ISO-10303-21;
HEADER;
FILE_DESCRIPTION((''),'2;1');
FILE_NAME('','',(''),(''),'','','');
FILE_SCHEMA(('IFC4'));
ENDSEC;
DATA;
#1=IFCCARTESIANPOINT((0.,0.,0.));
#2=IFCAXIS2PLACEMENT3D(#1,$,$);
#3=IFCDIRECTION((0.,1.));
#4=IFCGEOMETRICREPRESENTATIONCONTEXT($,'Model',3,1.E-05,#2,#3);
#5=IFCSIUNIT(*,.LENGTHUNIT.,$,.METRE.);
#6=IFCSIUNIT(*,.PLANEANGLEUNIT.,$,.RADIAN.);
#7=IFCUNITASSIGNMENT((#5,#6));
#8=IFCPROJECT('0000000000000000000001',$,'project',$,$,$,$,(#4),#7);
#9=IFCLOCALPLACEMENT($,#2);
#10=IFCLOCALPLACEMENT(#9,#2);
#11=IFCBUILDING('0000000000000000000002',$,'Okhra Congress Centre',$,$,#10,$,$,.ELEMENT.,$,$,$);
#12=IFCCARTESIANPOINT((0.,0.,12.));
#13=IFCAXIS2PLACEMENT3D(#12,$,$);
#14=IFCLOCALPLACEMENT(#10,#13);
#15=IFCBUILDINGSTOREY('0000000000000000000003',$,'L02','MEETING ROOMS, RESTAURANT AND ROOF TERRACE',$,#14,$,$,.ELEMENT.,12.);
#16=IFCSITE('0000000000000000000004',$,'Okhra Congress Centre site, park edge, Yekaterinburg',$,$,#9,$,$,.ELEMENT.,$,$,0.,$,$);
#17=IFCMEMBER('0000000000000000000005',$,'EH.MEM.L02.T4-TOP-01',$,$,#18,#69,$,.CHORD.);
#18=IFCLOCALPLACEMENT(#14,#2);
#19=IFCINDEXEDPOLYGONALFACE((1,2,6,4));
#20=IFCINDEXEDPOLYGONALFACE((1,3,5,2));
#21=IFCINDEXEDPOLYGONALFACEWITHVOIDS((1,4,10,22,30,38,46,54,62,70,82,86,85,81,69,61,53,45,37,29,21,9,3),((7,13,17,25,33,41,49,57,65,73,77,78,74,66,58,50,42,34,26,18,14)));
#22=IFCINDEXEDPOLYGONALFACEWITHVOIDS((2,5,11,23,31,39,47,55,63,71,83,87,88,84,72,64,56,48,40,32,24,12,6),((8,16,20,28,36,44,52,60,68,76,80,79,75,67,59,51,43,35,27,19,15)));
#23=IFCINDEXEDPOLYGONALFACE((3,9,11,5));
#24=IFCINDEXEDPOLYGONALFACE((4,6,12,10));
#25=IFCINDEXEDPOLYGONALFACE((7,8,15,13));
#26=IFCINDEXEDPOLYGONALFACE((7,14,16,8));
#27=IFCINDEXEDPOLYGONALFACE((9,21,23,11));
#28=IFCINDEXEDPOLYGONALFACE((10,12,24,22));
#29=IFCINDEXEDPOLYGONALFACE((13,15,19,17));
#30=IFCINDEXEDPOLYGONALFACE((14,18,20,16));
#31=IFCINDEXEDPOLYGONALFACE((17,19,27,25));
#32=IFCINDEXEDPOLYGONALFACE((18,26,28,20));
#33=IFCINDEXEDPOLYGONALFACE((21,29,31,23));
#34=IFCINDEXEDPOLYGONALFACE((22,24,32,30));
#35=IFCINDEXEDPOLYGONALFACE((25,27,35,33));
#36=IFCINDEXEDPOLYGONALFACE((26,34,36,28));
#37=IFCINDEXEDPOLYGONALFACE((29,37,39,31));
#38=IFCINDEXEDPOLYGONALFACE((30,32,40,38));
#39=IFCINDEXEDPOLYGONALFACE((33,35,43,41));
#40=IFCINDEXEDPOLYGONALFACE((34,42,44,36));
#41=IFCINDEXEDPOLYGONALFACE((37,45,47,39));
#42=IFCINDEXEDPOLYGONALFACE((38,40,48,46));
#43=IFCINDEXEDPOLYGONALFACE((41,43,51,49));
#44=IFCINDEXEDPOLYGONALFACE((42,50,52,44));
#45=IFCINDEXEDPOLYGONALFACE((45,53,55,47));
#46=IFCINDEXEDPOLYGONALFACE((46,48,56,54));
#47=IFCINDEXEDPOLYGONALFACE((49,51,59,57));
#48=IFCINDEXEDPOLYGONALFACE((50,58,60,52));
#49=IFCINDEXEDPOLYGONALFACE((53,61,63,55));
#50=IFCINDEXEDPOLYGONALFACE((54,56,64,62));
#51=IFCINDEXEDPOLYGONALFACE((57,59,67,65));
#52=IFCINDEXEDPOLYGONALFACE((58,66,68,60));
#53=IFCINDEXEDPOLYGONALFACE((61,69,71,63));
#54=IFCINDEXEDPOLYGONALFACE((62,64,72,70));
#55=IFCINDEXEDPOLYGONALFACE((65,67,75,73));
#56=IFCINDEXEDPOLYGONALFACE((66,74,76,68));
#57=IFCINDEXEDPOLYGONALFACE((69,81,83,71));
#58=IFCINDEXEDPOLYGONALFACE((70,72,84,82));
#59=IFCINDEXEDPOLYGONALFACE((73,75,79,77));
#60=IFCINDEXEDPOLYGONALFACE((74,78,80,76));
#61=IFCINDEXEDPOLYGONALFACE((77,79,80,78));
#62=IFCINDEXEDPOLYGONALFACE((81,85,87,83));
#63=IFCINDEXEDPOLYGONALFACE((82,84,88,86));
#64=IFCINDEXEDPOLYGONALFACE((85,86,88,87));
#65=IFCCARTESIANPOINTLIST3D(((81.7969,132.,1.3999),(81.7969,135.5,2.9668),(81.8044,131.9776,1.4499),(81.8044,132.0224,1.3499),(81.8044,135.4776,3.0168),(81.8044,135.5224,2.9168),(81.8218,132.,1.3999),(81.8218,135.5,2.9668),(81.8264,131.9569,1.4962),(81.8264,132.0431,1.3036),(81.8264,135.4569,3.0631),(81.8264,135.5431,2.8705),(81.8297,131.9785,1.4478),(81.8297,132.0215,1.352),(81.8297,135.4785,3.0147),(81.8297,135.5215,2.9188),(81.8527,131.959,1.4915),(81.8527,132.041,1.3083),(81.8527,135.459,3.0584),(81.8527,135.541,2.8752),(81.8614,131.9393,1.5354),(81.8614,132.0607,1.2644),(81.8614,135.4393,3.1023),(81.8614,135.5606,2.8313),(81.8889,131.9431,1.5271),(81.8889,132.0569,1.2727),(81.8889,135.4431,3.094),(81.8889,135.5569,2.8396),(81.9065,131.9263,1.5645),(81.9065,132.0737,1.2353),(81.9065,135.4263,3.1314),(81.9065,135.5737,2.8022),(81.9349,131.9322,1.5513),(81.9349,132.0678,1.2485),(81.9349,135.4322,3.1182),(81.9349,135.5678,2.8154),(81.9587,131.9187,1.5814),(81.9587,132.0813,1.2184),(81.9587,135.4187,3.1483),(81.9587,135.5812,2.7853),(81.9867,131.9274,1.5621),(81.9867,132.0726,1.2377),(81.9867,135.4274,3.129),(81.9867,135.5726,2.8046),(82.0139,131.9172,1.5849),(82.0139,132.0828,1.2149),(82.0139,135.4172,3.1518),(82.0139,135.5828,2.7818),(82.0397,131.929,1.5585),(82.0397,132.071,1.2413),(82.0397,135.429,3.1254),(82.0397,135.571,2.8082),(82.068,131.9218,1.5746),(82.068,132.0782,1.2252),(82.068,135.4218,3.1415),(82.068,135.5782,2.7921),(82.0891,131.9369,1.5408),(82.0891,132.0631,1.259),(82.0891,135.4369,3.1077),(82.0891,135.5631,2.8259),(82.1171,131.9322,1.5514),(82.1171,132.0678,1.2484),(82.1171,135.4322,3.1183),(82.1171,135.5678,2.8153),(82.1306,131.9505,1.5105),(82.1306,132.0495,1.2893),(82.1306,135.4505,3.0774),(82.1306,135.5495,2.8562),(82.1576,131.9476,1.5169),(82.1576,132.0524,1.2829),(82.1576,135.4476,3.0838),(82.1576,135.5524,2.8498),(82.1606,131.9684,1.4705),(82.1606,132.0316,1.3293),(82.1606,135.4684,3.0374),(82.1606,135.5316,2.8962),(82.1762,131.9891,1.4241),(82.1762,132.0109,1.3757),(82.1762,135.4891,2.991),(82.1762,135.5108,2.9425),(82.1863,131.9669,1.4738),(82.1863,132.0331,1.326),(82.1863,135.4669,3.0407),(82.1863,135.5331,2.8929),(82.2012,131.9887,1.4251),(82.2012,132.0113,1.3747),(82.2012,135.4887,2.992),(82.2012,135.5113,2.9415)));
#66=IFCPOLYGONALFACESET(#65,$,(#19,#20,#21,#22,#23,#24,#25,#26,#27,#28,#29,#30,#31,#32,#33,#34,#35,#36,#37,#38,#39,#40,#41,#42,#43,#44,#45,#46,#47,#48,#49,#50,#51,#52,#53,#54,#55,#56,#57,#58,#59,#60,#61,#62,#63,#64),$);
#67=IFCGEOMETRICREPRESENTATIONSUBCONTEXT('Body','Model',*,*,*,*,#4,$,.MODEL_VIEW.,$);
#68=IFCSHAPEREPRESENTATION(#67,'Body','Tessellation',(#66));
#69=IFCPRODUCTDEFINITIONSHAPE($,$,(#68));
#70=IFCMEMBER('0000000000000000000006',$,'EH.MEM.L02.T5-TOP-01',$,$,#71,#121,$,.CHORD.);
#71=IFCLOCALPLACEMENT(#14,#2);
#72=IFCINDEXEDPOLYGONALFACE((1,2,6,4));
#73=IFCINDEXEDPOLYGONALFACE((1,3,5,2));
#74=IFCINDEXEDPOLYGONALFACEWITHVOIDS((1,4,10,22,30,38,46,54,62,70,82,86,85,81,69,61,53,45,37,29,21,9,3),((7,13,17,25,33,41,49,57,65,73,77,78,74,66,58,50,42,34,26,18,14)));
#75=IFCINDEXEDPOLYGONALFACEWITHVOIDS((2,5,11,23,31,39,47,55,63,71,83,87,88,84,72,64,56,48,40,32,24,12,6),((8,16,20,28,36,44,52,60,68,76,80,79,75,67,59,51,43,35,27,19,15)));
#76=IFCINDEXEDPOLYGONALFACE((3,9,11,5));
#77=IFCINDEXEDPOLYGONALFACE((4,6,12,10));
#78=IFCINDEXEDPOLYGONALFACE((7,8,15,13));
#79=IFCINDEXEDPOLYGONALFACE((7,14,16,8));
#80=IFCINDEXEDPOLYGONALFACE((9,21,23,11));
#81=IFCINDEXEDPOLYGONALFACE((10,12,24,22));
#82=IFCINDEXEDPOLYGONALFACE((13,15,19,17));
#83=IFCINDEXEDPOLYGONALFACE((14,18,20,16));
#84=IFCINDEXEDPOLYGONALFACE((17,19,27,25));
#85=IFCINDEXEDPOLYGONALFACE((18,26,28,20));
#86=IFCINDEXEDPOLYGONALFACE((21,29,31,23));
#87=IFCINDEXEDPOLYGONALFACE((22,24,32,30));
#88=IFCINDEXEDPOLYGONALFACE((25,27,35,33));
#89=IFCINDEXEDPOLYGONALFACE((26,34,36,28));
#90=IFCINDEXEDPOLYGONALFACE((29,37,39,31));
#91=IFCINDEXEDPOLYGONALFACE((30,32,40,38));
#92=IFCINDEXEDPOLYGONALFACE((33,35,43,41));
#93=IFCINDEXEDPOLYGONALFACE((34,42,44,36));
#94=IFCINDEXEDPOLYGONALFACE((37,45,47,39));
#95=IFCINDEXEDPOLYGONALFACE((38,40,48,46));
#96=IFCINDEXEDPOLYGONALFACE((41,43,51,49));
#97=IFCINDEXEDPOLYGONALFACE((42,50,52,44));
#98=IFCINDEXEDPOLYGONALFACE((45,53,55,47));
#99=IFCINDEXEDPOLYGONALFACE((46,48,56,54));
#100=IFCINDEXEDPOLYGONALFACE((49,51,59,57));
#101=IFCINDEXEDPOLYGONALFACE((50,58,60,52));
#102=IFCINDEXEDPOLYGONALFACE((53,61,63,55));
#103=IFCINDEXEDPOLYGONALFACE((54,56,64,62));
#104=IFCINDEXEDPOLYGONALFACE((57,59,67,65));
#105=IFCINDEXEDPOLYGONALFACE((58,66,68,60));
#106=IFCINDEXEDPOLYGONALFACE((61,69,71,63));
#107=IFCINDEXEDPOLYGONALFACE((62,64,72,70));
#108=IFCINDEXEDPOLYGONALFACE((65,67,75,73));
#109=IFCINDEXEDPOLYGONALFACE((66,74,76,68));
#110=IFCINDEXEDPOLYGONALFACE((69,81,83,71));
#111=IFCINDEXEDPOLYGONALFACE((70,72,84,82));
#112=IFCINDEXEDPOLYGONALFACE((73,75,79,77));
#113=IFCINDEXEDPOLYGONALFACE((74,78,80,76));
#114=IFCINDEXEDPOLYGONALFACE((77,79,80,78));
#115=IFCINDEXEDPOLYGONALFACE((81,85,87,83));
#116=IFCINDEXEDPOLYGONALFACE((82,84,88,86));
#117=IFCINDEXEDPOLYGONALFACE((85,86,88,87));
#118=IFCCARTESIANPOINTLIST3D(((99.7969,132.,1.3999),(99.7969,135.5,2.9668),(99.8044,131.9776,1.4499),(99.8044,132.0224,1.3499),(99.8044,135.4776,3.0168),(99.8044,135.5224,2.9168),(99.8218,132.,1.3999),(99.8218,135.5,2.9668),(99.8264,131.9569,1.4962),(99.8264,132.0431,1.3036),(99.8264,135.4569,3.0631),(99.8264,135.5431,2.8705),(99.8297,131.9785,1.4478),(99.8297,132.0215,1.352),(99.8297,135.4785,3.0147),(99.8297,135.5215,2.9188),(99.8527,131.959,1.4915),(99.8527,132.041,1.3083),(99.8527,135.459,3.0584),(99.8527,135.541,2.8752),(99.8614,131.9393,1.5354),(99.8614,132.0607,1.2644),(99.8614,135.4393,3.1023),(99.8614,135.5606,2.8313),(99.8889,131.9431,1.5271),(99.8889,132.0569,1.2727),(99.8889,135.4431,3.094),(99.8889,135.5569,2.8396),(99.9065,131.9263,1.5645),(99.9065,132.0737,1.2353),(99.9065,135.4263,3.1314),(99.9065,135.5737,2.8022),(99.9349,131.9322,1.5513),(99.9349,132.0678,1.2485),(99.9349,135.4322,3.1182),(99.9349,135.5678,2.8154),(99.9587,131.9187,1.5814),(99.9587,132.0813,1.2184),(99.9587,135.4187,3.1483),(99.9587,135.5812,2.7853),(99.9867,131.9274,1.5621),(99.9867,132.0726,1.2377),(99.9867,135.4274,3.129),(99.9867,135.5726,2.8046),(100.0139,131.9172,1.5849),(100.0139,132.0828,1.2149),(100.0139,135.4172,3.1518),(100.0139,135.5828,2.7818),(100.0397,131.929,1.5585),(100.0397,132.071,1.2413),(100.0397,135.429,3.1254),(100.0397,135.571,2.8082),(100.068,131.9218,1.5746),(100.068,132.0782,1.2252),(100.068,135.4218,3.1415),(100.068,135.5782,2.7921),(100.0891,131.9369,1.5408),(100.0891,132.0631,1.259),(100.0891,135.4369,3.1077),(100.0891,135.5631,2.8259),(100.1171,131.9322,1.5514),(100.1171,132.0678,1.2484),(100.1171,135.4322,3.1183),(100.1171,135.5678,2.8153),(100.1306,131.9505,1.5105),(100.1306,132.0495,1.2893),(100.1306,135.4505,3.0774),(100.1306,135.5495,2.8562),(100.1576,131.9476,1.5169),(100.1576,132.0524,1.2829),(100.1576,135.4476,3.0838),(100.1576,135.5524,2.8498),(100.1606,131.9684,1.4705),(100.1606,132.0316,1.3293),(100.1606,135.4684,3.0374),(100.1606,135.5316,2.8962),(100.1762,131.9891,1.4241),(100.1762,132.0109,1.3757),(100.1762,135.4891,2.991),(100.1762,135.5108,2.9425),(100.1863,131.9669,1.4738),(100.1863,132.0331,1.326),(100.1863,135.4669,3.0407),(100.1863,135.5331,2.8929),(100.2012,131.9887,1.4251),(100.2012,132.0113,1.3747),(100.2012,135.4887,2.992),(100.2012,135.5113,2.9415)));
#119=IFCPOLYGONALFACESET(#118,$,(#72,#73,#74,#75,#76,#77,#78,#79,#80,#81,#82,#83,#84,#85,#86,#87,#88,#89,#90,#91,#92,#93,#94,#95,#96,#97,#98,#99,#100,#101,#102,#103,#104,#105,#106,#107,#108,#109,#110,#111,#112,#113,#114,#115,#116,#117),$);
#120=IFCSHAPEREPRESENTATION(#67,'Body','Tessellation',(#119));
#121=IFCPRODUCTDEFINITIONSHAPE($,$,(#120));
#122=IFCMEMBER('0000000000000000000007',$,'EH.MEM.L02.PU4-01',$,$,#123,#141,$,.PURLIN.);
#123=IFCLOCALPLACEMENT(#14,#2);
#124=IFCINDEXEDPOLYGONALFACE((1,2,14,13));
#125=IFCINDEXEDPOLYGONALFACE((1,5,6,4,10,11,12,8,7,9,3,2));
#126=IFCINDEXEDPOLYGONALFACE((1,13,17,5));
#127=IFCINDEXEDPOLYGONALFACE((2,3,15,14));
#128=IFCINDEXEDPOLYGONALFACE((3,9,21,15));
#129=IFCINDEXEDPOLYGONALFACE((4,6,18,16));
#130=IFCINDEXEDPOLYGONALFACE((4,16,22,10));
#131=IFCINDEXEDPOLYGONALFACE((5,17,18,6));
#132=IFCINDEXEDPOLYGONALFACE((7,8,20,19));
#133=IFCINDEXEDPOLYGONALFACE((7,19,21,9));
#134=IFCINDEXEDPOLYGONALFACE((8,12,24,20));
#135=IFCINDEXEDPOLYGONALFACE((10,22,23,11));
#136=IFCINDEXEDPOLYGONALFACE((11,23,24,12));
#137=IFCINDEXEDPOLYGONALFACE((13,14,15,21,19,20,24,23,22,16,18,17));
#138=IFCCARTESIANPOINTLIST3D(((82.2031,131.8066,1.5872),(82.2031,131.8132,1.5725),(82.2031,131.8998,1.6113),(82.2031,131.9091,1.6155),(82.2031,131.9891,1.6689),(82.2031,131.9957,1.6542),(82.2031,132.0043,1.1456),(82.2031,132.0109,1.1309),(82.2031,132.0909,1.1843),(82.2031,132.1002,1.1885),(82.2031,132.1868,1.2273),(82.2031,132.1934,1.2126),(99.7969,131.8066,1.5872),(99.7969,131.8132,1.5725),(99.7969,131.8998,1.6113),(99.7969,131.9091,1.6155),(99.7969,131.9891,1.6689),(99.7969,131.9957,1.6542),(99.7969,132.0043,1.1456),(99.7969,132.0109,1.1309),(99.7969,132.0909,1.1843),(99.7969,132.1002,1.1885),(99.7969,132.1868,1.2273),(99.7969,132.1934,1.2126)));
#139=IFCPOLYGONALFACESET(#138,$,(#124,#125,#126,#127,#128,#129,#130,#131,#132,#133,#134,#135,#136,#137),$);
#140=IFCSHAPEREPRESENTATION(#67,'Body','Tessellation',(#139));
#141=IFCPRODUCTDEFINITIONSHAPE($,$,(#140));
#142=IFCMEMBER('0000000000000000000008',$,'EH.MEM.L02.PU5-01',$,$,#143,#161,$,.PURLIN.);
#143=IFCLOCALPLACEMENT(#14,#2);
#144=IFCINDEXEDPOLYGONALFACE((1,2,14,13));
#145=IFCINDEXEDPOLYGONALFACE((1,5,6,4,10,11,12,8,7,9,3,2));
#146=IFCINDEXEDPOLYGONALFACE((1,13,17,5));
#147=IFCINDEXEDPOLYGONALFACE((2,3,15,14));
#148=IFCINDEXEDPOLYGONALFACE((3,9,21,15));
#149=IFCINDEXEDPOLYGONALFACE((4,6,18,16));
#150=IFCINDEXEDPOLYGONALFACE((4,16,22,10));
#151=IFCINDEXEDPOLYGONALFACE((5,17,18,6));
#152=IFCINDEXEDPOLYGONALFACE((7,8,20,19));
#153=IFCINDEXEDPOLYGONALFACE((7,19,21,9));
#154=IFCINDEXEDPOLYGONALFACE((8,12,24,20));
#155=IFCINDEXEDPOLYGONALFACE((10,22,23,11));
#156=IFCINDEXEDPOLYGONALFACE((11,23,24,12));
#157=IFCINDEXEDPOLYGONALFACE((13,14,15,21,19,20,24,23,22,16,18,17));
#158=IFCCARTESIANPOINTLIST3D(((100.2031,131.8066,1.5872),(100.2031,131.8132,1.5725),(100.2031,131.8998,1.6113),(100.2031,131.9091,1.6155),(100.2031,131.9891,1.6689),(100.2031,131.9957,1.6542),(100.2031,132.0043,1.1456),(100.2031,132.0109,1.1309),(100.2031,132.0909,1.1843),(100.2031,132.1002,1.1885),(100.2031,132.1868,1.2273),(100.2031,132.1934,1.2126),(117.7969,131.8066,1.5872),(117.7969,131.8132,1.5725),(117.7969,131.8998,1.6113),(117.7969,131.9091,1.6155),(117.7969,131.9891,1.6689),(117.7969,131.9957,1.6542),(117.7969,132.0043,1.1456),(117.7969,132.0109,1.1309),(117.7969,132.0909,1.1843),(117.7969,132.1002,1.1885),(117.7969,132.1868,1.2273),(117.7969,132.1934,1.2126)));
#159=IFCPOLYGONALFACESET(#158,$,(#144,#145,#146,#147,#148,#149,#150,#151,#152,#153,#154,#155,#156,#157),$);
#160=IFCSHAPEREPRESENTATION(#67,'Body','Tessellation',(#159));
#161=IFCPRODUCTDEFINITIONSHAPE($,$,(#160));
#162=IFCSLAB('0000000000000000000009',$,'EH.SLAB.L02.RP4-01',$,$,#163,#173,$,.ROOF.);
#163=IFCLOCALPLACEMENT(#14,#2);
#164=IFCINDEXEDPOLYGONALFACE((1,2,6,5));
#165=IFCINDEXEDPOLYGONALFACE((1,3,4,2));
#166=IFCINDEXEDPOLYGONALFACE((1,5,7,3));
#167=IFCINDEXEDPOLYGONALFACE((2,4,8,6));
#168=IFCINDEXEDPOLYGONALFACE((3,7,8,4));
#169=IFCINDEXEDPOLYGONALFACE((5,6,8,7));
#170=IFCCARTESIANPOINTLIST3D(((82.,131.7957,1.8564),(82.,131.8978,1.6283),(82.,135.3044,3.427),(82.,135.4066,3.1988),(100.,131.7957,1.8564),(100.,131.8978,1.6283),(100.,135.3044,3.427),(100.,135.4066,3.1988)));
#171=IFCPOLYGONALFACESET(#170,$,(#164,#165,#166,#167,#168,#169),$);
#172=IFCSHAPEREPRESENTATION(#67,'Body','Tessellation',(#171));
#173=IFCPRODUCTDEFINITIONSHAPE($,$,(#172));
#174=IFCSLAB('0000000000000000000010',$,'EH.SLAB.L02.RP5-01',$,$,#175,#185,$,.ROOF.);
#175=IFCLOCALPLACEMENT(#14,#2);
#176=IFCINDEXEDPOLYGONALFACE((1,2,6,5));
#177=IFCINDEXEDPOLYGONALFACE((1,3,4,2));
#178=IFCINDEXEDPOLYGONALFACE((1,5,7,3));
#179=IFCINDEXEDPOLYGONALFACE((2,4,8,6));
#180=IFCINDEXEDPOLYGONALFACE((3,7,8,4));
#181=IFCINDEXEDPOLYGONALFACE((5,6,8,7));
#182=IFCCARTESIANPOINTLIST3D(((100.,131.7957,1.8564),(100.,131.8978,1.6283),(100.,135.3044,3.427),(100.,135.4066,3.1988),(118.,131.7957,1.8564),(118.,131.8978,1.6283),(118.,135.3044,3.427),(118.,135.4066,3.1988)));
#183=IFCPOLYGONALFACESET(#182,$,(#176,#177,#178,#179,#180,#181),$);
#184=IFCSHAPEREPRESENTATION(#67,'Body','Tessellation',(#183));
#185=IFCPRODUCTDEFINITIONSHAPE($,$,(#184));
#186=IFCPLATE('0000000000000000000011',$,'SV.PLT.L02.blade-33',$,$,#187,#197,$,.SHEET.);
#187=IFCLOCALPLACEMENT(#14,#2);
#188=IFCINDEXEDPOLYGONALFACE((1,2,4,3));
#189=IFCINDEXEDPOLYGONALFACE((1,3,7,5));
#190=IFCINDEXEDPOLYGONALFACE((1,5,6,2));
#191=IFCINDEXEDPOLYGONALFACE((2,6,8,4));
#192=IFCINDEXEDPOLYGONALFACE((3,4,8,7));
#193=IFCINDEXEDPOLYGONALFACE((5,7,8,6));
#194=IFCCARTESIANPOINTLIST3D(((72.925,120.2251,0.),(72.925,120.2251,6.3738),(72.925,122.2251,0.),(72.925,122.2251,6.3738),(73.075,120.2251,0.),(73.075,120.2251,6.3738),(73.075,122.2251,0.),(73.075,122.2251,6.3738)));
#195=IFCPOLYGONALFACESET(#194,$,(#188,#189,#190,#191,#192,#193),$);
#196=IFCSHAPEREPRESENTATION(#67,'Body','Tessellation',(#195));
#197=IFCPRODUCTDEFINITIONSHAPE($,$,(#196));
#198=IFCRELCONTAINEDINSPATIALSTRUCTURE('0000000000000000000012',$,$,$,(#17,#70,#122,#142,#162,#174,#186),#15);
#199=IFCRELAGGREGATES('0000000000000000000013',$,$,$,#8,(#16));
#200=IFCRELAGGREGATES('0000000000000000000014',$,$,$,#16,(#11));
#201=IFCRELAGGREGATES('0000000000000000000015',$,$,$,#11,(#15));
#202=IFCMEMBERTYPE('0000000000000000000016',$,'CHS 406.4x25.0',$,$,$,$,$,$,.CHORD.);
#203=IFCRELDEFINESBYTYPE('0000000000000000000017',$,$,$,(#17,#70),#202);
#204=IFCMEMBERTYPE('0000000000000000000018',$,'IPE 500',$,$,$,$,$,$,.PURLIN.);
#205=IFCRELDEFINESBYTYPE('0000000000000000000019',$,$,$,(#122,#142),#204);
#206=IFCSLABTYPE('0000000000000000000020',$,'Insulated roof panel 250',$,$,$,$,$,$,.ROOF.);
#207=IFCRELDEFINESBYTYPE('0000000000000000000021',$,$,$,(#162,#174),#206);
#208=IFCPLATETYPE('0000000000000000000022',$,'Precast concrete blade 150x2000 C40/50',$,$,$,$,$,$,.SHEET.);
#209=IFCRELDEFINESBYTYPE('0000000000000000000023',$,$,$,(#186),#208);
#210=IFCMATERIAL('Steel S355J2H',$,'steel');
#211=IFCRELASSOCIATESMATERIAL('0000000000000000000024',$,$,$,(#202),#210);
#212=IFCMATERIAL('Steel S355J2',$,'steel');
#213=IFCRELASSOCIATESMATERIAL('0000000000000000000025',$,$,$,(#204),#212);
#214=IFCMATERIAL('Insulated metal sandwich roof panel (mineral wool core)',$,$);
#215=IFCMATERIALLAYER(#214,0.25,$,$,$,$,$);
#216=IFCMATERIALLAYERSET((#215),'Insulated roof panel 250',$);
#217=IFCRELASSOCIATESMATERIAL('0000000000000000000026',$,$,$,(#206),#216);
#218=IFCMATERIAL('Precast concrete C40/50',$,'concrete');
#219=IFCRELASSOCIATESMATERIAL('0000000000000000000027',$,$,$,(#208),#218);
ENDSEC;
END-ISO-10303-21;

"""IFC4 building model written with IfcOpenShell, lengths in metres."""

from ifc_helpers import new_model, si_unit, direction, frame, origin, origin_2d, place, context, subcontext, project, spatial, polyline, rectangle, hollow_circle, i_section, outline, extrude, material, layer, layer_set, material_profile, profile_set, type_object, element, save


model = new_model("IFC4")

# Units and contexts
model_context = context("Model", 3, precision=1e-05, world=origin(), true_north=direction((0.0, 1.0)))
body_context = subcontext(model_context, "Body", "Model", "MODEL_VIEW")
ifc_project = project(units=[si_unit("LENGTHUNIT", "METRE"), si_unit("PLANEANGLEUNIT", "RADIAN")], contexts=[model_context])

# Site, building, storey
site_placement = place(None, origin())
site = spatial("IfcSite", under=ifc_project, at=site_placement, Name="Okhra Congress Centre site, park edge, Yekaterinburg", CompositionType="ELEMENT", RefElevation=0.0)
building_placement = place(site_placement, origin())
building = spatial("IfcBuilding", under=site, at=building_placement, Name="Okhra Congress Centre", CompositionType="ELEMENT")
storey_placement = place(building_placement, frame((0.0, 0.0, 12.0)))
storey = spatial("IfcBuildingStorey", under=building, at=storey_placement, Name="L02", Description="MEETING ROOMS, RESTAURANT AND ROOF TERRACE", CompositionType="ELEMENT", Elevation=12.0)

# Members
ifc_material_1 = material(Name="Steel S355J2H", Category="steel")
ifc_material_profile_1 = material_profile(ifc_material_1, hollow_circle(Radius=0.2031, WallThickness=0.0249, at=origin_2d()), Name="CHS 406.4x25.0")
ifc_profile_set_1 = profile_set([ifc_material_profile_1], Name="Steel S355J2H")
member_type_1 = type_object("IfcMemberType", Name="CHS 406.4x25.0", PredefinedType="CHORD", material=ifc_profile_set_1)
for number, where, z_axis, x_axis, name in (
    (1, (82.0, 132.0, 1.3999), (0.0, 0.912711, 0.408606), (-1.0, 0.0, 0.0), "EH.MEM.L02.T4-TOP-01"),
    (2, (100.0, 132.0, 1.3999), (0.0, 0.912711, 0.408606), (-1.0, 0.0, 0.0), "EH.MEM.L02.T5-TOP-01"),
):
    element("IfcMember", number, at=place(storey_placement, frame(where, z_axis=z_axis, x_axis=x_axis)), inside=storey, type_object=member_type_1, Name=name, PredefinedType="CHORD", context=body_context, shape_type="SweptSolid", body=[
        extrude(hollow_circle(Radius=0.2031, WallThickness=0.0249, at=origin_2d()), origin(), (0.0, 0.0, 1.0), 3.8347),
    ])
ifc_material_2 = material(Name="Steel S355J2", Category="steel")
ifc_material_profile_2 = material_profile(ifc_material_2, i_section(OverallWidth=0.2, OverallDepth=0.5, WebThickness=0.0103, FlangeThickness=0.0161, at=origin_2d()), Name="IPE 500")
ifc_profile_set_2 = profile_set([ifc_material_profile_2], Name="Steel S355J2")
member_type_2 = type_object("IfcMemberType", Name="IPE 500", PredefinedType="PURLIN", material=ifc_profile_set_2)
for number, where, z_axis, x_axis, name in (
    (3, (82.2031, 132.0, 1.3999), (1.0, 0.0, 0.0), (0.0, 0.912721, 0.408583), "EH.MEM.L02.PU4-01"),
    (4, (100.2031, 132.0, 1.3999), (1.0, 0.0, 0.0), (0.0, 0.912721, 0.408583), "EH.MEM.L02.PU5-01"),
):
    element("IfcMember", number, at=place(storey_placement, frame(where, z_axis=z_axis, x_axis=x_axis)), inside=storey, type_object=member_type_2, Name=name, PredefinedType="PURLIN", context=body_context, shape_type="SweptSolid", body=[
        extrude(i_section(OverallWidth=0.2, OverallDepth=0.5, WebThickness=0.0103, FlangeThickness=0.0161, at=origin_2d()), origin(), (0.0, 0.0, 1.0), 17.5938),
    ])

# Slabs
ifc_material_3 = material(Name="Insulated metal sandwich roof panel (mineral wool core)")
ifc_layer_1 = layer(ifc_material_3, 0.25)
ifc_layer_set_1 = layer_set([ifc_layer_1], Name="Insulated roof panel 250")
slab_type = type_object("IfcSlabType", Name="Insulated roof panel 250", PredefinedType="ROOF", material=ifc_layer_set_1)
for number, where, z_axis, x_axis, name in (
    (5, (82.0, 131.7957, 1.8564), (0.0, -0.408547, 0.912737), (1.0, 0.0, 0.0), "EH.SLAB.L02.RP4-01"),
    (6, (100.0, 131.7957, 1.8564), (0.0, -0.408547, 0.912737), (1.0, 0.0, 0.0), "EH.SLAB.L02.RP5-01"),
):
    element("IfcSlab", number, at=place(storey_placement, frame(where, z_axis=z_axis, x_axis=x_axis)), inside=storey, type_object=slab_type, Name=name, PredefinedType="ROOF", context=body_context, shape_type="SweptSolid", body=[
        extrude(outline(polyline([(0.0, 0.0), (18.0, 0.0), (18.0, 3.8442), (0.0, 3.8442), (0.0, 0.0)])), origin(), (0.0, 0.0, -1.0), 0.25),
    ])

# Plate
ifc_material_4 = material(Name="Precast concrete C40/50", Category="concrete")
plate_type_1 = type_object("IfcPlateType", Name="Precast concrete blade 150x2000 C40/50", PredefinedType="SHEET", material=ifc_material_4)
plate_1_placement = place(storey_placement, frame((73.0, 121.2251, 0.0), z_axis=(0.0, 0.0, 1.0), x_axis=(-1.0, 0.0, 0.0)))
element("IfcPlate", 7, at=plate_1_placement, inside=storey, type_object=plate_type_1, Name="SV.PLT.L02.blade-33", PredefinedType="SHEET", context=body_context, shape_type="SweptSolid", body=[
    extrude(rectangle(XDim=0.1499, YDim=2.0, at=origin_2d()), origin(), (0.0, 0.0, 1.0), 6.3738),
])

save(model, "model.ifc")
